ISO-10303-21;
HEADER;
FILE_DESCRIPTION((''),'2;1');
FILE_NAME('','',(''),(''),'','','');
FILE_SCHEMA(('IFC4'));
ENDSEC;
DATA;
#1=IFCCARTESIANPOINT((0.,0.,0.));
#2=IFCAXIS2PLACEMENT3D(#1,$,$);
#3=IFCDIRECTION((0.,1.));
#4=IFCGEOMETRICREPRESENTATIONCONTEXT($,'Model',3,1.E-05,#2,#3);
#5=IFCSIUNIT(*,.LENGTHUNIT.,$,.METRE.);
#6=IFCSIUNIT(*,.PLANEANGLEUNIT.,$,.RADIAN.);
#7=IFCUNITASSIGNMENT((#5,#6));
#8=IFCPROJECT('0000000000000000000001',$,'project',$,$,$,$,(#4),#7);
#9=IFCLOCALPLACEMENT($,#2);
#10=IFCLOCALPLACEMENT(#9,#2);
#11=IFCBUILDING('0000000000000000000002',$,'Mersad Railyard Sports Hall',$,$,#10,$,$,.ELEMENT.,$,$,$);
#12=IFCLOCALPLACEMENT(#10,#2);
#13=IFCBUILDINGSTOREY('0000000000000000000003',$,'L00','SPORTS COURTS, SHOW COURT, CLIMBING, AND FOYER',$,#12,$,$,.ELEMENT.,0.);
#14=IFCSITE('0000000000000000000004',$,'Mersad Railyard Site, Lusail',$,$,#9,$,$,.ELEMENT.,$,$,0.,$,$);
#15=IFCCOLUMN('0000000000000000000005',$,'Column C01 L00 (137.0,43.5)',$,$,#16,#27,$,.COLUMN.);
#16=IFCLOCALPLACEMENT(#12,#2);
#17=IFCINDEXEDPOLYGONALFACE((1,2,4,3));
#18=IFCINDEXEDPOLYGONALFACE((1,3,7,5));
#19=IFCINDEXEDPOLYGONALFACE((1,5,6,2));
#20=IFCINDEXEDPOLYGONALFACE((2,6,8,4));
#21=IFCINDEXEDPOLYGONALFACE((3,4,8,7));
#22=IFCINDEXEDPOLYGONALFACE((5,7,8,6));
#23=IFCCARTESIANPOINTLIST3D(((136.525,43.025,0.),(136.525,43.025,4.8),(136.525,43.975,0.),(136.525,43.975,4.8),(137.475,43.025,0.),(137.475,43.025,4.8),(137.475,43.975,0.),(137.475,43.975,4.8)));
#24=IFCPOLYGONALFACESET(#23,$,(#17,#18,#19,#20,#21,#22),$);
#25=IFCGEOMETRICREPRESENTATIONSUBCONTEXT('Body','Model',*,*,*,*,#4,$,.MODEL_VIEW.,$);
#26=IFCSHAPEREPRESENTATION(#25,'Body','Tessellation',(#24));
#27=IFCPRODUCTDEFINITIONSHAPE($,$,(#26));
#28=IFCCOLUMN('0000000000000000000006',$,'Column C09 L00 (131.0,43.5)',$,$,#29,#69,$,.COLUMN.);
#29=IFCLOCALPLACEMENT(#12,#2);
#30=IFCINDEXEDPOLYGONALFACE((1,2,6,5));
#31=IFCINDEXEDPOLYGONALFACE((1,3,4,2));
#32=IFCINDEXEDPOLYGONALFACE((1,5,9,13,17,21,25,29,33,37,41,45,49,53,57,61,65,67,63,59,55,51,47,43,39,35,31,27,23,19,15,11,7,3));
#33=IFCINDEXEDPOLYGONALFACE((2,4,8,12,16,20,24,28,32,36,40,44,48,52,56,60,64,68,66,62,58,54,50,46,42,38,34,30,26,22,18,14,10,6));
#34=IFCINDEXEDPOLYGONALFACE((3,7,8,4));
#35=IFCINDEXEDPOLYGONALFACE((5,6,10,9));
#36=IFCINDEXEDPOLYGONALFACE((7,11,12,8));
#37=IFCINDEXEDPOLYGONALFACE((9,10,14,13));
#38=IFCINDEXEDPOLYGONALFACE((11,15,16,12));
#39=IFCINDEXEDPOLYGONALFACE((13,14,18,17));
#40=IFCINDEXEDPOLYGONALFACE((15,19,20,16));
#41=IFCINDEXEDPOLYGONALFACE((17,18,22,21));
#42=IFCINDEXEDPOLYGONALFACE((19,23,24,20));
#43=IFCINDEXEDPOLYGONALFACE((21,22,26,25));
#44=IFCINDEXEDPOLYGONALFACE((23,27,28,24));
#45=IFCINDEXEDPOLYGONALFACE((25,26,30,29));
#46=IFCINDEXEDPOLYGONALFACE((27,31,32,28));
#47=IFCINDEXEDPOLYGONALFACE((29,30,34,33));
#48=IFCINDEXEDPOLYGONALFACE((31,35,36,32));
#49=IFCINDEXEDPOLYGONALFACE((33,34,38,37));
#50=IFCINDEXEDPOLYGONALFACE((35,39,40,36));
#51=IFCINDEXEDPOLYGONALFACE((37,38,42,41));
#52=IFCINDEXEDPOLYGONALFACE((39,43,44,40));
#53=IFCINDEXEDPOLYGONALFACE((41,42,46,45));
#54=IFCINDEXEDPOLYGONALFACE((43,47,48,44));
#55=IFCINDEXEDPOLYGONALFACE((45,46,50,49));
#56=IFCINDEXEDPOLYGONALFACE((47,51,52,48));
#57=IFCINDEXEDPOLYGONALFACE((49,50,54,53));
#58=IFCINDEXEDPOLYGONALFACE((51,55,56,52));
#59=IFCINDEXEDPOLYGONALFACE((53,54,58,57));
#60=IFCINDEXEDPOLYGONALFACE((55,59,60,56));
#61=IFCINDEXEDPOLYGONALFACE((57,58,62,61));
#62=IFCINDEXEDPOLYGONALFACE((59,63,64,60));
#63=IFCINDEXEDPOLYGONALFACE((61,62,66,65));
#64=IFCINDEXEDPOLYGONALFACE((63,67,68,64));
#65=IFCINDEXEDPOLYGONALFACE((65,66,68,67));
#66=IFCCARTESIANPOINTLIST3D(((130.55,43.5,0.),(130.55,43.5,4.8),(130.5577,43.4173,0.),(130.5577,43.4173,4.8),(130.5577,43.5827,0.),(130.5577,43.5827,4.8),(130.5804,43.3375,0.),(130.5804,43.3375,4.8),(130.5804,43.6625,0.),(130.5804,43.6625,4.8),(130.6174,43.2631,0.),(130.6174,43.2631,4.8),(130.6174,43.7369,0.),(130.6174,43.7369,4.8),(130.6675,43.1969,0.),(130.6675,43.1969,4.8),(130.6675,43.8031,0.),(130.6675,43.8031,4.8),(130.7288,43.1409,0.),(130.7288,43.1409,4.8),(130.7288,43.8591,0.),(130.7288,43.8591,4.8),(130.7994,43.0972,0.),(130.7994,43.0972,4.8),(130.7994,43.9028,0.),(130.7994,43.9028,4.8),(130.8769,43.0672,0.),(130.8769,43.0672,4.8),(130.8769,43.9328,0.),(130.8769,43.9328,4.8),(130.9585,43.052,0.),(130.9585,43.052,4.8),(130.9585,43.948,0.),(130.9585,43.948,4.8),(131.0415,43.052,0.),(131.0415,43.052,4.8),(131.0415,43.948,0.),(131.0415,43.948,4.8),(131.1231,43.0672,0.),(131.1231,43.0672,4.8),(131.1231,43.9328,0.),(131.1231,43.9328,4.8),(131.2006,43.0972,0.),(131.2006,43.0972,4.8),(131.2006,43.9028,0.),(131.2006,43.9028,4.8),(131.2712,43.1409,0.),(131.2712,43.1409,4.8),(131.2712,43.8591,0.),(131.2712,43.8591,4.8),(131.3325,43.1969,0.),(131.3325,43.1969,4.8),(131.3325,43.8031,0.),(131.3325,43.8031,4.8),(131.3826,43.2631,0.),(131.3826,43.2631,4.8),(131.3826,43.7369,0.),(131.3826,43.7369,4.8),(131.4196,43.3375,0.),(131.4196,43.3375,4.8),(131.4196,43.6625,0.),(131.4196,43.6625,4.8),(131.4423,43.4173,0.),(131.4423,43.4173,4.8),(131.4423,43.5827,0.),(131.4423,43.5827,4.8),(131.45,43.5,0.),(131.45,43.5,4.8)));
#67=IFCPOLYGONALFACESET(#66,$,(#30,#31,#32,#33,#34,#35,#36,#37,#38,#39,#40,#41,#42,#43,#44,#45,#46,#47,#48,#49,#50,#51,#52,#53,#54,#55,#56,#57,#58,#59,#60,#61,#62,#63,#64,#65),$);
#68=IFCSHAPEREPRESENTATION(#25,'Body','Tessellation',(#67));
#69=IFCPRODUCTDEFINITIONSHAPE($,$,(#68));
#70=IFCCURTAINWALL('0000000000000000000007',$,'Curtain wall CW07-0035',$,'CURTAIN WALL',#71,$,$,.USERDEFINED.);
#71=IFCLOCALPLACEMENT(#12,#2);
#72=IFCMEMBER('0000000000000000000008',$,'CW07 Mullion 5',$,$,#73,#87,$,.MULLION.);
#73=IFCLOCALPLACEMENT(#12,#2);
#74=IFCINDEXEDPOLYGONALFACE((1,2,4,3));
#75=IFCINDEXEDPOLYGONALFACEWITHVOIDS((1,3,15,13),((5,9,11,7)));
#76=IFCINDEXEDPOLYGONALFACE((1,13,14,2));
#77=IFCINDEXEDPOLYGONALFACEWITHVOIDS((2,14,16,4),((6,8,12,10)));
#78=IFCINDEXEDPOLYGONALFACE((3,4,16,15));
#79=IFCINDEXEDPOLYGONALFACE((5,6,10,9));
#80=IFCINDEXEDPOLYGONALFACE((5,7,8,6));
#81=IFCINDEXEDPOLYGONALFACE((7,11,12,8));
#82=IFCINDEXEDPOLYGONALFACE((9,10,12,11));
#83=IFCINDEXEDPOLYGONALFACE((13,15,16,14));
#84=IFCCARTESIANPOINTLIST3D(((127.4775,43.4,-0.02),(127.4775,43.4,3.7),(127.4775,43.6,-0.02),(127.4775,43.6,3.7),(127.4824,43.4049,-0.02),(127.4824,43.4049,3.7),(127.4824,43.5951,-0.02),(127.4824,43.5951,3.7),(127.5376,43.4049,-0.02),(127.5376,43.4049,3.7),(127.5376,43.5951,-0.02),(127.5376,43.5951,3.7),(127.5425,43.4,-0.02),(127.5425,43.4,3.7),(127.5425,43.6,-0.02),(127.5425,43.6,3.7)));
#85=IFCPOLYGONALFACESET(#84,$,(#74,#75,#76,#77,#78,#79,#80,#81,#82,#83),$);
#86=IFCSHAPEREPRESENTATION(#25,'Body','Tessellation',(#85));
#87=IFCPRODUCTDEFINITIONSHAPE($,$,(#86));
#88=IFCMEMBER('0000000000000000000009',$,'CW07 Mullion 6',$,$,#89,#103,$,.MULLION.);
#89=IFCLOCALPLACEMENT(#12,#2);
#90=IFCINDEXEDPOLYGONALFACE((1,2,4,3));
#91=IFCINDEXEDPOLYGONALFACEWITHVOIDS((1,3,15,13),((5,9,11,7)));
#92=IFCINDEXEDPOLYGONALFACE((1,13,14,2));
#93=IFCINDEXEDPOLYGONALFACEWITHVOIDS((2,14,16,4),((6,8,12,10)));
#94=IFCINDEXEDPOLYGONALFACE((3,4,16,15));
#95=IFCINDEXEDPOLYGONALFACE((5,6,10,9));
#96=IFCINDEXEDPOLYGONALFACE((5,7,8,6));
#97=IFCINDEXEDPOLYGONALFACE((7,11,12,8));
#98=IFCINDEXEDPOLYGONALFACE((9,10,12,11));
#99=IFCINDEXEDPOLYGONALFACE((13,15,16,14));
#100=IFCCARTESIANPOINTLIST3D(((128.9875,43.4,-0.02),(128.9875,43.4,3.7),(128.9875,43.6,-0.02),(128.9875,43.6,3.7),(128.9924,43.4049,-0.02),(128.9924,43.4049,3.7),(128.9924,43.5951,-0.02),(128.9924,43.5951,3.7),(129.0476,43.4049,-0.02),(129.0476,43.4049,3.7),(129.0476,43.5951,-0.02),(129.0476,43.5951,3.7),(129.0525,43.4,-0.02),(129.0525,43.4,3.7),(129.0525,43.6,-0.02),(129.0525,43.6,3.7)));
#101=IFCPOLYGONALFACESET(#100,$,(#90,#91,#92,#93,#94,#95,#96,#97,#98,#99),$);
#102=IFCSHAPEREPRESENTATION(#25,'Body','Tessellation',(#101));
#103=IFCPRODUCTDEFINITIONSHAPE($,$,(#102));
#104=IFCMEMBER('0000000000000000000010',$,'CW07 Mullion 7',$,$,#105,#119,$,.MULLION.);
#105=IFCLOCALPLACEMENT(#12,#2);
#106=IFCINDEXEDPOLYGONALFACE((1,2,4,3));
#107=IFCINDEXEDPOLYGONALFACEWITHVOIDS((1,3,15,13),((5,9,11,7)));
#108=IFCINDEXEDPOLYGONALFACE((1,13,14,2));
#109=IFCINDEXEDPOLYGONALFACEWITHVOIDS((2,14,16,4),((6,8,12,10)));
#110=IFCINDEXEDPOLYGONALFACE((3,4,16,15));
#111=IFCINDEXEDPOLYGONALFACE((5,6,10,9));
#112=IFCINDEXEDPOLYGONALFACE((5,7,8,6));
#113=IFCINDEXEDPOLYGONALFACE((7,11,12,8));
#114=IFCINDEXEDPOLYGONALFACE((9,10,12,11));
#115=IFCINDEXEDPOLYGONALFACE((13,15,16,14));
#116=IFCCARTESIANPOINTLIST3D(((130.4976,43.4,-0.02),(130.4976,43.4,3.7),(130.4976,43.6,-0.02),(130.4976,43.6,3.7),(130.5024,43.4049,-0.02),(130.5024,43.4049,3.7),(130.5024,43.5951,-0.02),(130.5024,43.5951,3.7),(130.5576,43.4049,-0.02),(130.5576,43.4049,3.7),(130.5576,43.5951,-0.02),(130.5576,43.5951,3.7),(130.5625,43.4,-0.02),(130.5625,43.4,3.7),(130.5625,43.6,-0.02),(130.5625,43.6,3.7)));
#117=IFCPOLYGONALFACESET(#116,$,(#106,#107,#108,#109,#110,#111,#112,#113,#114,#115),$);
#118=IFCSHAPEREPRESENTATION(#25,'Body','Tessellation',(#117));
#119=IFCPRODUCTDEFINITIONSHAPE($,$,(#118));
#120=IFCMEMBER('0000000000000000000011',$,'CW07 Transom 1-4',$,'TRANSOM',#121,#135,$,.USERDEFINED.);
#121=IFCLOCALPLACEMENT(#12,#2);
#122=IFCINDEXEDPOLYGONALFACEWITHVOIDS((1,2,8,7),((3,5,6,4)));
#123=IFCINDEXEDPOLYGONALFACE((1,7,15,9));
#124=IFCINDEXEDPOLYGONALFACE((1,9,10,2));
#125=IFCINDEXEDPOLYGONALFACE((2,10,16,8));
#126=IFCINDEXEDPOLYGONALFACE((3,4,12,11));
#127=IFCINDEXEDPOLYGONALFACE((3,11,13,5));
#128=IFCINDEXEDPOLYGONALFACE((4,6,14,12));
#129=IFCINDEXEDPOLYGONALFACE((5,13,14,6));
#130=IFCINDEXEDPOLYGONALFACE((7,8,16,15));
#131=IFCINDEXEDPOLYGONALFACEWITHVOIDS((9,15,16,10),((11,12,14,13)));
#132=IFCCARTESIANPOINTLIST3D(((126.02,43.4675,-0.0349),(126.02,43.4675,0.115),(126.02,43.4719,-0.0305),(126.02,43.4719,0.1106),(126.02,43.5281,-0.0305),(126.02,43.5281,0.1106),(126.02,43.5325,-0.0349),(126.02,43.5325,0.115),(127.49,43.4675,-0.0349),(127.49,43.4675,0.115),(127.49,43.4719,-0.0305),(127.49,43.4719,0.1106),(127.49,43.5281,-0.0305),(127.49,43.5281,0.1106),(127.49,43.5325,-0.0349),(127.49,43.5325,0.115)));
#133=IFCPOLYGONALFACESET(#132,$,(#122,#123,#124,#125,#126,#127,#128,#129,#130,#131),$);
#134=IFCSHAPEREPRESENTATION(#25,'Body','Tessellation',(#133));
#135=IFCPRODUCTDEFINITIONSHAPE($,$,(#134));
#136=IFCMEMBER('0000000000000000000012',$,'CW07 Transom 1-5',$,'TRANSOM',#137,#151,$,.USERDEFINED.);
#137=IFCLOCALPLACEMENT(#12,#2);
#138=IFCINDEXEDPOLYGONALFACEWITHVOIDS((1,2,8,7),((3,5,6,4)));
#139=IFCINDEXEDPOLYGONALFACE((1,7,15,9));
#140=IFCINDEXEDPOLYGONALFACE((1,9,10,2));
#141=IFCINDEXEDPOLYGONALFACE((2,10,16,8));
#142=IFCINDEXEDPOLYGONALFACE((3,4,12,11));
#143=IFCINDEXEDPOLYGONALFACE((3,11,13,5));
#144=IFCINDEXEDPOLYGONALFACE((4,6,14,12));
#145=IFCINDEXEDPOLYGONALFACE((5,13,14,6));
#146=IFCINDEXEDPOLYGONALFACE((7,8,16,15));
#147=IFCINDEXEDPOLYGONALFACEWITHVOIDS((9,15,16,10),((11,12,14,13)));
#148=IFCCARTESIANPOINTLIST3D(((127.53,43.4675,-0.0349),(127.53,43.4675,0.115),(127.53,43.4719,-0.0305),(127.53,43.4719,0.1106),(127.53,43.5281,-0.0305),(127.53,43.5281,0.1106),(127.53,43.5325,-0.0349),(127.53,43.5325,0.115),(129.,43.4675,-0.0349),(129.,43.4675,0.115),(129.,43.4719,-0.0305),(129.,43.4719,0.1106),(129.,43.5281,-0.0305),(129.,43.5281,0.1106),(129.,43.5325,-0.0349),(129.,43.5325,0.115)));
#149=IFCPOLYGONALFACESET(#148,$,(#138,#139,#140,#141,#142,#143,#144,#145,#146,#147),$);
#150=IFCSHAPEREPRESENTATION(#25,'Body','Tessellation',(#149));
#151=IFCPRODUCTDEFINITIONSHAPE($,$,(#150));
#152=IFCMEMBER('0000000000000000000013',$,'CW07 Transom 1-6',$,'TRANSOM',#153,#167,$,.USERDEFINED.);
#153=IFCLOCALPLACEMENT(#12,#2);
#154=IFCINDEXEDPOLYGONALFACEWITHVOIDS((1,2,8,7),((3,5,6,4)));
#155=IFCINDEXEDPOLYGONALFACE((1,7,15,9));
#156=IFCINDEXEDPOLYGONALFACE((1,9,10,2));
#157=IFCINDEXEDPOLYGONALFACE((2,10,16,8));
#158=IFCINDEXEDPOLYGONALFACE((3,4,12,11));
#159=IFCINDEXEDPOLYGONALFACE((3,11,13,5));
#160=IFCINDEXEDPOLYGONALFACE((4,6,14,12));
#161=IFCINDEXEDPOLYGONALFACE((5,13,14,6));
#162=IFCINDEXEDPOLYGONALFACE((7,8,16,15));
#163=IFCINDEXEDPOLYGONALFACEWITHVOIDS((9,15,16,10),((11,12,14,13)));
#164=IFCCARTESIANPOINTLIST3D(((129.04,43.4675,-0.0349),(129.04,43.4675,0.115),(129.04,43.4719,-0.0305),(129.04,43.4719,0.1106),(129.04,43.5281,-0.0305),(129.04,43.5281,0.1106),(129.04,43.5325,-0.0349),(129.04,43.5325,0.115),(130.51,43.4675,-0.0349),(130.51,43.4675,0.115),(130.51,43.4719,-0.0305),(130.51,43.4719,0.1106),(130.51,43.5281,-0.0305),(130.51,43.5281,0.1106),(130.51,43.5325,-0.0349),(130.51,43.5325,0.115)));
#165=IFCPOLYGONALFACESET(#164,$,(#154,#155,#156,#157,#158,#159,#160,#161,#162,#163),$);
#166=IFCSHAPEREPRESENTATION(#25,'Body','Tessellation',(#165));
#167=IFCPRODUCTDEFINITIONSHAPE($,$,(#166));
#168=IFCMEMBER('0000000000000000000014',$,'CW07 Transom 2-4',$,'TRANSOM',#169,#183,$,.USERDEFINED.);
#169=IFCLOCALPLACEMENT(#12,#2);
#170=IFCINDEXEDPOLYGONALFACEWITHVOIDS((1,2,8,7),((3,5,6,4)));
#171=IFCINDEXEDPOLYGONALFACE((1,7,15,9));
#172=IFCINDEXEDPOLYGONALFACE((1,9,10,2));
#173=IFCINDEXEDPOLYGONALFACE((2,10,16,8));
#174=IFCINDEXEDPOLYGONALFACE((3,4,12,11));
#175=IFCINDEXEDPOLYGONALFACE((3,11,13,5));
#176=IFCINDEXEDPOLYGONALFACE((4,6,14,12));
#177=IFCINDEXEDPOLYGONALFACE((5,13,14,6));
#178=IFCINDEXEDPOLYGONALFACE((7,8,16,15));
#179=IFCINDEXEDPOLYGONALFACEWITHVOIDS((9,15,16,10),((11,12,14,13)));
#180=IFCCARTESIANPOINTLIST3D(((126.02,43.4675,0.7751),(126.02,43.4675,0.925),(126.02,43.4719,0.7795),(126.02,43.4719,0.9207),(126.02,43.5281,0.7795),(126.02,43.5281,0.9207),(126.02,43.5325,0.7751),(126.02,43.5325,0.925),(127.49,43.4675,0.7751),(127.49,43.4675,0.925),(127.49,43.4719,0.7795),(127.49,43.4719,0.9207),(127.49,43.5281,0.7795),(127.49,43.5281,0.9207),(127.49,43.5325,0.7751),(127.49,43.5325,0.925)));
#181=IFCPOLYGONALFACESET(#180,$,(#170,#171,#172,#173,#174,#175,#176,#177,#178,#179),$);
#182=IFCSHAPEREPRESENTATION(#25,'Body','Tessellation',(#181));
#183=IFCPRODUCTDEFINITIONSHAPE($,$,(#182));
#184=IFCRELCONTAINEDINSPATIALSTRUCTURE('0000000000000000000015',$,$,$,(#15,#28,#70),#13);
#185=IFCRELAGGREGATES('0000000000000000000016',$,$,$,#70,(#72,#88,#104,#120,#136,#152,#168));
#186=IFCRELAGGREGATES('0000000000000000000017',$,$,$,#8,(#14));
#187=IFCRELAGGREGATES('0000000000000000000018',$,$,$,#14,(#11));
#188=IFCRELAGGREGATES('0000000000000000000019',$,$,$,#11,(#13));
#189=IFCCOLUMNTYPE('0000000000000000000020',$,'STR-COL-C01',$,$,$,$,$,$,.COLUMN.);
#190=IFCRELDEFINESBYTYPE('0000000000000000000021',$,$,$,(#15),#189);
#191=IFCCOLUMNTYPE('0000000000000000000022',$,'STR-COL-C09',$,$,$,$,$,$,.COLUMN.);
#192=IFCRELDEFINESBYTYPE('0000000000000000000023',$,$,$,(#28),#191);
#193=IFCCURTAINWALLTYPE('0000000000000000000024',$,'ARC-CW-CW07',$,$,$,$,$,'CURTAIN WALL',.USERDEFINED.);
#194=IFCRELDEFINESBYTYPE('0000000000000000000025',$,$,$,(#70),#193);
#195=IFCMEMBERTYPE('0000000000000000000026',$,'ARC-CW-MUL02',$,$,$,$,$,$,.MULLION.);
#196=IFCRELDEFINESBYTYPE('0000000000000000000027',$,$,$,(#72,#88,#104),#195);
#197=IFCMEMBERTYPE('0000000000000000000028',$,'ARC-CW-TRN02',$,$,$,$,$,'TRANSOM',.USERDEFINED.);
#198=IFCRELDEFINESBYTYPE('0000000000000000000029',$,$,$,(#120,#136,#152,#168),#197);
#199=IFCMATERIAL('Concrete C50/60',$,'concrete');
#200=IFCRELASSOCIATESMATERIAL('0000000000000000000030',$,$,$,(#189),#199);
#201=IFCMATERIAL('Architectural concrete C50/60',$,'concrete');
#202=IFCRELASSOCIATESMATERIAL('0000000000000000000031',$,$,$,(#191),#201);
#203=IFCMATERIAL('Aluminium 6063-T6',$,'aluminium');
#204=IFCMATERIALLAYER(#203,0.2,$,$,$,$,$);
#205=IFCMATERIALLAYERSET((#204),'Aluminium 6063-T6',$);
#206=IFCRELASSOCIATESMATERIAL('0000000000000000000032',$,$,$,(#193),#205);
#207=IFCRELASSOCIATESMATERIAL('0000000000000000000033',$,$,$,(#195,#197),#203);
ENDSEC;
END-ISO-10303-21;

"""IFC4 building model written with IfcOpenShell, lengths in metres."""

from ifc_helpers import new_model, si_unit, direction, frame, origin, origin_2d, place, context, subcontext, project, spatial, rectangle, hollow_rectangle, circle, extrude, material, layer, layer_set, material_profile, profile_set, type_object, element, aggregate, save


model = new_model("IFC4")

# Units and contexts
model_context = context("Model", 3, precision=1e-05, world=origin(), true_north=direction((0.0, 1.0)))
body_context = subcontext(model_context, "Body", "Model", "MODEL_VIEW")
ifc_project = project(units=[si_unit("LENGTHUNIT", "METRE"), si_unit("PLANEANGLEUNIT", "RADIAN")], contexts=[model_context])

# Site, building, storey
site_placement = place(None, origin())
site = spatial("IfcSite", under=ifc_project, at=site_placement, Name="Mersad Railyard Site, Lusail", CompositionType="ELEMENT", RefElevation=0.0)
building_placement = place(site_placement, origin())
building = spatial("IfcBuilding", under=site, at=building_placement, Name="Mersad Railyard Sports Hall", CompositionType="ELEMENT")
storey_placement = place(building_placement, origin())
storey = spatial("IfcBuildingStorey", under=building, at=storey_placement, Name="L00", Description="SPORTS COURTS, SHOW COURT, CLIMBING, AND FOYER", CompositionType="ELEMENT", Elevation=0.0)

# Columns
ifc_material_1 = material(Name="Concrete C50/60", Category="concrete")
ifc_material_profile_1 = material_profile(ifc_material_1, rectangle(XDim=0.95, YDim=0.95, at=origin_2d()), Name="RC 950x950")
ifc_profile_set_1 = profile_set([ifc_material_profile_1], Name="Concrete C50/60")
column_type_1 = type_object("IfcColumnType", Name="STR-COL-C01", PredefinedType="COLUMN", material=ifc_profile_set_1)
column_1_placement = place(storey_placement, frame((137.0, 43.5, 0.0), z_axis=(0.0, 0.0, 1.0), x_axis=(1.0, 0.0, 0.0)))
element("IfcColumn", 1, at=column_1_placement, inside=storey, type_object=column_type_1, Name="Column C01 L00 (137.0,43.5)", PredefinedType="COLUMN", context=body_context, shape_type="SweptSolid", body=[
    extrude(rectangle(XDim=0.95, YDim=0.95, at=origin_2d()), origin(), (0.0, 0.0, 1.0), 4.8),
])
ifc_material_2 = material(Name="Architectural concrete C50/60", Category="concrete")
ifc_material_profile_2 = material_profile(ifc_material_2, circle(Radius=0.45, at=origin_2d()), Name="RC D900")
ifc_profile_set_2 = profile_set([ifc_material_profile_2], Name="Architectural concrete C50/60")
column_type_2 = type_object("IfcColumnType", Name="STR-COL-C09", PredefinedType="COLUMN", material=ifc_profile_set_2)
column_2_placement = place(storey_placement, frame((131.0, 43.5, 0.0), z_axis=(0.0, 0.0, 1.0), x_axis=(1.0, 0.0, 0.0)))
element("IfcColumn", 2, at=column_2_placement, inside=storey, type_object=column_type_2, Name="Column C09 L00 (131.0,43.5)", PredefinedType="COLUMN", context=body_context, shape_type="SweptSolid", body=[
    extrude(circle(Radius=0.45, at=origin_2d()), origin(), (0.0, 0.0, 1.0), 4.8),
])

# Curtain wall, members
ifc_material_3 = material(Name="Aluminium 6063-T6", Category="aluminium")
ifc_layer_1 = layer(ifc_material_3, 0.2)
ifc_layer_set_1 = layer_set([ifc_layer_1], Name="Aluminium 6063-T6")
curtain_wall_type = type_object("IfcCurtainWallType", Name="ARC-CW-CW07", ElementType="CURTAIN WALL", PredefinedType="USERDEFINED", material=ifc_layer_set_1)
curtain_wall_placement = place(storey_placement, origin())
curtain_wall = element("IfcCurtainWall", 3, at=curtain_wall_placement, inside=storey, type_object=curtain_wall_type, Name="Curtain wall CW07-0035", ObjectType="CURTAIN WALL", PredefinedType="USERDEFINED")
ifc_material_profile_3 = material_profile(ifc_material_3, hollow_rectangle(XDim=0.0649, YDim=0.2, WallThickness=0.0049, at=origin_2d()), Name="AL MULLION 65x200x5")
ifc_profile_set_3 = profile_set([ifc_material_profile_3], Name="Aluminium 6063-T6")
member_type_1 = type_object("IfcMemberType", Name="ARC-CW-MUL02", PredefinedType="MULLION", material=ifc_profile_set_3)
member_1_placement = place(storey_placement, frame((127.51, 43.5, -0.02), z_axis=(0.0, 0.0, 1.0), x_axis=(1.0, 0.0, 0.0)))
member_1 = element("IfcMember", 4, at=member_1_placement, type_object=member_type_1, Name="CW07 Mullion 5", PredefinedType="MULLION", context=body_context, shape_type="SweptSolid", body=[
    extrude(hollow_rectangle(XDim=0.0649, YDim=0.2, WallThickness=0.0049, at=origin_2d()), origin(), (0.0, 0.0, 1.0), 3.72),
])
member_2_placement = place(storey_placement, frame((129.02, 43.5, -0.02), z_axis=(0.0, 0.0, 1.0), x_axis=(1.0, 0.0, 0.0)))
member_2 = element("IfcMember", 5, at=member_2_placement, type_object=member_type_1, Name="CW07 Mullion 6", PredefinedType="MULLION", context=body_context, shape_type="SweptSolid", body=[
    extrude(hollow_rectangle(XDim=0.0649, YDim=0.2, WallThickness=0.0049, at=origin_2d()), origin(), (0.0, 0.0, 1.0), 3.72),
])
member_3_placement = place(storey_placement, frame((130.53, 43.5, -0.02), z_axis=(0.0, 0.0, 1.0), x_axis=(1.0, 0.0, 0.0)))
member_3 = element("IfcMember", 6, at=member_3_placement, type_object=member_type_1, Name="CW07 Mullion 7", PredefinedType="MULLION", context=body_context, shape_type="SweptSolid", body=[
    extrude(hollow_rectangle(XDim=0.0649, YDim=0.2, WallThickness=0.0049, at=origin_2d()), origin(), (0.0, 0.0, 1.0), 3.72),
])
ifc_material_profile_4 = material_profile(ifc_material_3, hollow_rectangle(XDim=0.0649, YDim=0.1499, WallThickness=0.0044, at=origin_2d()), Name="AL TRANSOM 65x150x4.5")
ifc_profile_set_4 = profile_set([ifc_material_profile_4], Name="Aluminium 6063-T6")
member_type_2 = type_object("IfcMemberType", Name="ARC-CW-TRN02", ElementType="TRANSOM", PredefinedType="USERDEFINED", material=ifc_profile_set_4)
member_4_placement = place(storey_placement, frame((126.02, 43.5, 0.04), z_axis=(1.0, 0.0, 0.0), x_axis=(0.0, 1.0, 0.0)))
member_4 = element("IfcMember", 7, at=member_4_placement, type_object=member_type_2, Name="CW07 Transom 1-4", ObjectType="TRANSOM", PredefinedType="USERDEFINED", context=body_context, shape_type="SweptSolid", body=[
    extrude(hollow_rectangle(XDim=0.0649, YDim=0.1499, WallThickness=0.0044, at=origin_2d()), origin(), (0.0, 0.0, 1.0), 1.47),
])
member_5_placement = place(storey_placement, frame((127.53, 43.5, 0.04), z_axis=(1.0, 0.0, 0.0), x_axis=(0.0, 1.0, 0.0)))
member_5 = element("IfcMember", 8, at=member_5_placement, type_object=member_type_2, Name="CW07 Transom 1-5", ObjectType="TRANSOM", PredefinedType="USERDEFINED", context=body_context, shape_type="SweptSolid", body=[
    extrude(hollow_rectangle(XDim=0.0649, YDim=0.1499, WallThickness=0.0044, at=origin_2d()), origin(), (0.0, 0.0, 1.0), 1.47),
])
member_6_placement = place(storey_placement, frame((129.04, 43.5, 0.04), z_axis=(1.0, 0.0, 0.0), x_axis=(0.0, 1.0, 0.0)))
member_6 = element("IfcMember", 9, at=member_6_placement, type_object=member_type_2, Name="CW07 Transom 1-6", ObjectType="TRANSOM", PredefinedType="USERDEFINED", context=body_context, shape_type="SweptSolid", body=[
    extrude(hollow_rectangle(XDim=0.0649, YDim=0.1499, WallThickness=0.0044, at=origin_2d()), origin(), (0.0, 0.0, 1.0), 1.47),
])
member_7_placement = place(storey_placement, frame((126.02, 43.5, 0.8501), z_axis=(1.0, 0.0, 0.0), x_axis=(0.0, 1.0, 0.0)))
member_7 = element("IfcMember", 10, at=member_7_placement, type_object=member_type_2, Name="CW07 Transom 2-4", ObjectType="TRANSOM", PredefinedType="USERDEFINED", context=body_context, shape_type="SweptSolid", body=[
    extrude(hollow_rectangle(XDim=0.0649, YDim=0.1499, WallThickness=0.0044, at=origin_2d()), origin(), (0.0, 0.0, 1.0), 1.47),
])

aggregate(curtain_wall, [member_1, member_2, member_3, member_4, member_5, member_6, member_7])

save(model, "model.ifc")
